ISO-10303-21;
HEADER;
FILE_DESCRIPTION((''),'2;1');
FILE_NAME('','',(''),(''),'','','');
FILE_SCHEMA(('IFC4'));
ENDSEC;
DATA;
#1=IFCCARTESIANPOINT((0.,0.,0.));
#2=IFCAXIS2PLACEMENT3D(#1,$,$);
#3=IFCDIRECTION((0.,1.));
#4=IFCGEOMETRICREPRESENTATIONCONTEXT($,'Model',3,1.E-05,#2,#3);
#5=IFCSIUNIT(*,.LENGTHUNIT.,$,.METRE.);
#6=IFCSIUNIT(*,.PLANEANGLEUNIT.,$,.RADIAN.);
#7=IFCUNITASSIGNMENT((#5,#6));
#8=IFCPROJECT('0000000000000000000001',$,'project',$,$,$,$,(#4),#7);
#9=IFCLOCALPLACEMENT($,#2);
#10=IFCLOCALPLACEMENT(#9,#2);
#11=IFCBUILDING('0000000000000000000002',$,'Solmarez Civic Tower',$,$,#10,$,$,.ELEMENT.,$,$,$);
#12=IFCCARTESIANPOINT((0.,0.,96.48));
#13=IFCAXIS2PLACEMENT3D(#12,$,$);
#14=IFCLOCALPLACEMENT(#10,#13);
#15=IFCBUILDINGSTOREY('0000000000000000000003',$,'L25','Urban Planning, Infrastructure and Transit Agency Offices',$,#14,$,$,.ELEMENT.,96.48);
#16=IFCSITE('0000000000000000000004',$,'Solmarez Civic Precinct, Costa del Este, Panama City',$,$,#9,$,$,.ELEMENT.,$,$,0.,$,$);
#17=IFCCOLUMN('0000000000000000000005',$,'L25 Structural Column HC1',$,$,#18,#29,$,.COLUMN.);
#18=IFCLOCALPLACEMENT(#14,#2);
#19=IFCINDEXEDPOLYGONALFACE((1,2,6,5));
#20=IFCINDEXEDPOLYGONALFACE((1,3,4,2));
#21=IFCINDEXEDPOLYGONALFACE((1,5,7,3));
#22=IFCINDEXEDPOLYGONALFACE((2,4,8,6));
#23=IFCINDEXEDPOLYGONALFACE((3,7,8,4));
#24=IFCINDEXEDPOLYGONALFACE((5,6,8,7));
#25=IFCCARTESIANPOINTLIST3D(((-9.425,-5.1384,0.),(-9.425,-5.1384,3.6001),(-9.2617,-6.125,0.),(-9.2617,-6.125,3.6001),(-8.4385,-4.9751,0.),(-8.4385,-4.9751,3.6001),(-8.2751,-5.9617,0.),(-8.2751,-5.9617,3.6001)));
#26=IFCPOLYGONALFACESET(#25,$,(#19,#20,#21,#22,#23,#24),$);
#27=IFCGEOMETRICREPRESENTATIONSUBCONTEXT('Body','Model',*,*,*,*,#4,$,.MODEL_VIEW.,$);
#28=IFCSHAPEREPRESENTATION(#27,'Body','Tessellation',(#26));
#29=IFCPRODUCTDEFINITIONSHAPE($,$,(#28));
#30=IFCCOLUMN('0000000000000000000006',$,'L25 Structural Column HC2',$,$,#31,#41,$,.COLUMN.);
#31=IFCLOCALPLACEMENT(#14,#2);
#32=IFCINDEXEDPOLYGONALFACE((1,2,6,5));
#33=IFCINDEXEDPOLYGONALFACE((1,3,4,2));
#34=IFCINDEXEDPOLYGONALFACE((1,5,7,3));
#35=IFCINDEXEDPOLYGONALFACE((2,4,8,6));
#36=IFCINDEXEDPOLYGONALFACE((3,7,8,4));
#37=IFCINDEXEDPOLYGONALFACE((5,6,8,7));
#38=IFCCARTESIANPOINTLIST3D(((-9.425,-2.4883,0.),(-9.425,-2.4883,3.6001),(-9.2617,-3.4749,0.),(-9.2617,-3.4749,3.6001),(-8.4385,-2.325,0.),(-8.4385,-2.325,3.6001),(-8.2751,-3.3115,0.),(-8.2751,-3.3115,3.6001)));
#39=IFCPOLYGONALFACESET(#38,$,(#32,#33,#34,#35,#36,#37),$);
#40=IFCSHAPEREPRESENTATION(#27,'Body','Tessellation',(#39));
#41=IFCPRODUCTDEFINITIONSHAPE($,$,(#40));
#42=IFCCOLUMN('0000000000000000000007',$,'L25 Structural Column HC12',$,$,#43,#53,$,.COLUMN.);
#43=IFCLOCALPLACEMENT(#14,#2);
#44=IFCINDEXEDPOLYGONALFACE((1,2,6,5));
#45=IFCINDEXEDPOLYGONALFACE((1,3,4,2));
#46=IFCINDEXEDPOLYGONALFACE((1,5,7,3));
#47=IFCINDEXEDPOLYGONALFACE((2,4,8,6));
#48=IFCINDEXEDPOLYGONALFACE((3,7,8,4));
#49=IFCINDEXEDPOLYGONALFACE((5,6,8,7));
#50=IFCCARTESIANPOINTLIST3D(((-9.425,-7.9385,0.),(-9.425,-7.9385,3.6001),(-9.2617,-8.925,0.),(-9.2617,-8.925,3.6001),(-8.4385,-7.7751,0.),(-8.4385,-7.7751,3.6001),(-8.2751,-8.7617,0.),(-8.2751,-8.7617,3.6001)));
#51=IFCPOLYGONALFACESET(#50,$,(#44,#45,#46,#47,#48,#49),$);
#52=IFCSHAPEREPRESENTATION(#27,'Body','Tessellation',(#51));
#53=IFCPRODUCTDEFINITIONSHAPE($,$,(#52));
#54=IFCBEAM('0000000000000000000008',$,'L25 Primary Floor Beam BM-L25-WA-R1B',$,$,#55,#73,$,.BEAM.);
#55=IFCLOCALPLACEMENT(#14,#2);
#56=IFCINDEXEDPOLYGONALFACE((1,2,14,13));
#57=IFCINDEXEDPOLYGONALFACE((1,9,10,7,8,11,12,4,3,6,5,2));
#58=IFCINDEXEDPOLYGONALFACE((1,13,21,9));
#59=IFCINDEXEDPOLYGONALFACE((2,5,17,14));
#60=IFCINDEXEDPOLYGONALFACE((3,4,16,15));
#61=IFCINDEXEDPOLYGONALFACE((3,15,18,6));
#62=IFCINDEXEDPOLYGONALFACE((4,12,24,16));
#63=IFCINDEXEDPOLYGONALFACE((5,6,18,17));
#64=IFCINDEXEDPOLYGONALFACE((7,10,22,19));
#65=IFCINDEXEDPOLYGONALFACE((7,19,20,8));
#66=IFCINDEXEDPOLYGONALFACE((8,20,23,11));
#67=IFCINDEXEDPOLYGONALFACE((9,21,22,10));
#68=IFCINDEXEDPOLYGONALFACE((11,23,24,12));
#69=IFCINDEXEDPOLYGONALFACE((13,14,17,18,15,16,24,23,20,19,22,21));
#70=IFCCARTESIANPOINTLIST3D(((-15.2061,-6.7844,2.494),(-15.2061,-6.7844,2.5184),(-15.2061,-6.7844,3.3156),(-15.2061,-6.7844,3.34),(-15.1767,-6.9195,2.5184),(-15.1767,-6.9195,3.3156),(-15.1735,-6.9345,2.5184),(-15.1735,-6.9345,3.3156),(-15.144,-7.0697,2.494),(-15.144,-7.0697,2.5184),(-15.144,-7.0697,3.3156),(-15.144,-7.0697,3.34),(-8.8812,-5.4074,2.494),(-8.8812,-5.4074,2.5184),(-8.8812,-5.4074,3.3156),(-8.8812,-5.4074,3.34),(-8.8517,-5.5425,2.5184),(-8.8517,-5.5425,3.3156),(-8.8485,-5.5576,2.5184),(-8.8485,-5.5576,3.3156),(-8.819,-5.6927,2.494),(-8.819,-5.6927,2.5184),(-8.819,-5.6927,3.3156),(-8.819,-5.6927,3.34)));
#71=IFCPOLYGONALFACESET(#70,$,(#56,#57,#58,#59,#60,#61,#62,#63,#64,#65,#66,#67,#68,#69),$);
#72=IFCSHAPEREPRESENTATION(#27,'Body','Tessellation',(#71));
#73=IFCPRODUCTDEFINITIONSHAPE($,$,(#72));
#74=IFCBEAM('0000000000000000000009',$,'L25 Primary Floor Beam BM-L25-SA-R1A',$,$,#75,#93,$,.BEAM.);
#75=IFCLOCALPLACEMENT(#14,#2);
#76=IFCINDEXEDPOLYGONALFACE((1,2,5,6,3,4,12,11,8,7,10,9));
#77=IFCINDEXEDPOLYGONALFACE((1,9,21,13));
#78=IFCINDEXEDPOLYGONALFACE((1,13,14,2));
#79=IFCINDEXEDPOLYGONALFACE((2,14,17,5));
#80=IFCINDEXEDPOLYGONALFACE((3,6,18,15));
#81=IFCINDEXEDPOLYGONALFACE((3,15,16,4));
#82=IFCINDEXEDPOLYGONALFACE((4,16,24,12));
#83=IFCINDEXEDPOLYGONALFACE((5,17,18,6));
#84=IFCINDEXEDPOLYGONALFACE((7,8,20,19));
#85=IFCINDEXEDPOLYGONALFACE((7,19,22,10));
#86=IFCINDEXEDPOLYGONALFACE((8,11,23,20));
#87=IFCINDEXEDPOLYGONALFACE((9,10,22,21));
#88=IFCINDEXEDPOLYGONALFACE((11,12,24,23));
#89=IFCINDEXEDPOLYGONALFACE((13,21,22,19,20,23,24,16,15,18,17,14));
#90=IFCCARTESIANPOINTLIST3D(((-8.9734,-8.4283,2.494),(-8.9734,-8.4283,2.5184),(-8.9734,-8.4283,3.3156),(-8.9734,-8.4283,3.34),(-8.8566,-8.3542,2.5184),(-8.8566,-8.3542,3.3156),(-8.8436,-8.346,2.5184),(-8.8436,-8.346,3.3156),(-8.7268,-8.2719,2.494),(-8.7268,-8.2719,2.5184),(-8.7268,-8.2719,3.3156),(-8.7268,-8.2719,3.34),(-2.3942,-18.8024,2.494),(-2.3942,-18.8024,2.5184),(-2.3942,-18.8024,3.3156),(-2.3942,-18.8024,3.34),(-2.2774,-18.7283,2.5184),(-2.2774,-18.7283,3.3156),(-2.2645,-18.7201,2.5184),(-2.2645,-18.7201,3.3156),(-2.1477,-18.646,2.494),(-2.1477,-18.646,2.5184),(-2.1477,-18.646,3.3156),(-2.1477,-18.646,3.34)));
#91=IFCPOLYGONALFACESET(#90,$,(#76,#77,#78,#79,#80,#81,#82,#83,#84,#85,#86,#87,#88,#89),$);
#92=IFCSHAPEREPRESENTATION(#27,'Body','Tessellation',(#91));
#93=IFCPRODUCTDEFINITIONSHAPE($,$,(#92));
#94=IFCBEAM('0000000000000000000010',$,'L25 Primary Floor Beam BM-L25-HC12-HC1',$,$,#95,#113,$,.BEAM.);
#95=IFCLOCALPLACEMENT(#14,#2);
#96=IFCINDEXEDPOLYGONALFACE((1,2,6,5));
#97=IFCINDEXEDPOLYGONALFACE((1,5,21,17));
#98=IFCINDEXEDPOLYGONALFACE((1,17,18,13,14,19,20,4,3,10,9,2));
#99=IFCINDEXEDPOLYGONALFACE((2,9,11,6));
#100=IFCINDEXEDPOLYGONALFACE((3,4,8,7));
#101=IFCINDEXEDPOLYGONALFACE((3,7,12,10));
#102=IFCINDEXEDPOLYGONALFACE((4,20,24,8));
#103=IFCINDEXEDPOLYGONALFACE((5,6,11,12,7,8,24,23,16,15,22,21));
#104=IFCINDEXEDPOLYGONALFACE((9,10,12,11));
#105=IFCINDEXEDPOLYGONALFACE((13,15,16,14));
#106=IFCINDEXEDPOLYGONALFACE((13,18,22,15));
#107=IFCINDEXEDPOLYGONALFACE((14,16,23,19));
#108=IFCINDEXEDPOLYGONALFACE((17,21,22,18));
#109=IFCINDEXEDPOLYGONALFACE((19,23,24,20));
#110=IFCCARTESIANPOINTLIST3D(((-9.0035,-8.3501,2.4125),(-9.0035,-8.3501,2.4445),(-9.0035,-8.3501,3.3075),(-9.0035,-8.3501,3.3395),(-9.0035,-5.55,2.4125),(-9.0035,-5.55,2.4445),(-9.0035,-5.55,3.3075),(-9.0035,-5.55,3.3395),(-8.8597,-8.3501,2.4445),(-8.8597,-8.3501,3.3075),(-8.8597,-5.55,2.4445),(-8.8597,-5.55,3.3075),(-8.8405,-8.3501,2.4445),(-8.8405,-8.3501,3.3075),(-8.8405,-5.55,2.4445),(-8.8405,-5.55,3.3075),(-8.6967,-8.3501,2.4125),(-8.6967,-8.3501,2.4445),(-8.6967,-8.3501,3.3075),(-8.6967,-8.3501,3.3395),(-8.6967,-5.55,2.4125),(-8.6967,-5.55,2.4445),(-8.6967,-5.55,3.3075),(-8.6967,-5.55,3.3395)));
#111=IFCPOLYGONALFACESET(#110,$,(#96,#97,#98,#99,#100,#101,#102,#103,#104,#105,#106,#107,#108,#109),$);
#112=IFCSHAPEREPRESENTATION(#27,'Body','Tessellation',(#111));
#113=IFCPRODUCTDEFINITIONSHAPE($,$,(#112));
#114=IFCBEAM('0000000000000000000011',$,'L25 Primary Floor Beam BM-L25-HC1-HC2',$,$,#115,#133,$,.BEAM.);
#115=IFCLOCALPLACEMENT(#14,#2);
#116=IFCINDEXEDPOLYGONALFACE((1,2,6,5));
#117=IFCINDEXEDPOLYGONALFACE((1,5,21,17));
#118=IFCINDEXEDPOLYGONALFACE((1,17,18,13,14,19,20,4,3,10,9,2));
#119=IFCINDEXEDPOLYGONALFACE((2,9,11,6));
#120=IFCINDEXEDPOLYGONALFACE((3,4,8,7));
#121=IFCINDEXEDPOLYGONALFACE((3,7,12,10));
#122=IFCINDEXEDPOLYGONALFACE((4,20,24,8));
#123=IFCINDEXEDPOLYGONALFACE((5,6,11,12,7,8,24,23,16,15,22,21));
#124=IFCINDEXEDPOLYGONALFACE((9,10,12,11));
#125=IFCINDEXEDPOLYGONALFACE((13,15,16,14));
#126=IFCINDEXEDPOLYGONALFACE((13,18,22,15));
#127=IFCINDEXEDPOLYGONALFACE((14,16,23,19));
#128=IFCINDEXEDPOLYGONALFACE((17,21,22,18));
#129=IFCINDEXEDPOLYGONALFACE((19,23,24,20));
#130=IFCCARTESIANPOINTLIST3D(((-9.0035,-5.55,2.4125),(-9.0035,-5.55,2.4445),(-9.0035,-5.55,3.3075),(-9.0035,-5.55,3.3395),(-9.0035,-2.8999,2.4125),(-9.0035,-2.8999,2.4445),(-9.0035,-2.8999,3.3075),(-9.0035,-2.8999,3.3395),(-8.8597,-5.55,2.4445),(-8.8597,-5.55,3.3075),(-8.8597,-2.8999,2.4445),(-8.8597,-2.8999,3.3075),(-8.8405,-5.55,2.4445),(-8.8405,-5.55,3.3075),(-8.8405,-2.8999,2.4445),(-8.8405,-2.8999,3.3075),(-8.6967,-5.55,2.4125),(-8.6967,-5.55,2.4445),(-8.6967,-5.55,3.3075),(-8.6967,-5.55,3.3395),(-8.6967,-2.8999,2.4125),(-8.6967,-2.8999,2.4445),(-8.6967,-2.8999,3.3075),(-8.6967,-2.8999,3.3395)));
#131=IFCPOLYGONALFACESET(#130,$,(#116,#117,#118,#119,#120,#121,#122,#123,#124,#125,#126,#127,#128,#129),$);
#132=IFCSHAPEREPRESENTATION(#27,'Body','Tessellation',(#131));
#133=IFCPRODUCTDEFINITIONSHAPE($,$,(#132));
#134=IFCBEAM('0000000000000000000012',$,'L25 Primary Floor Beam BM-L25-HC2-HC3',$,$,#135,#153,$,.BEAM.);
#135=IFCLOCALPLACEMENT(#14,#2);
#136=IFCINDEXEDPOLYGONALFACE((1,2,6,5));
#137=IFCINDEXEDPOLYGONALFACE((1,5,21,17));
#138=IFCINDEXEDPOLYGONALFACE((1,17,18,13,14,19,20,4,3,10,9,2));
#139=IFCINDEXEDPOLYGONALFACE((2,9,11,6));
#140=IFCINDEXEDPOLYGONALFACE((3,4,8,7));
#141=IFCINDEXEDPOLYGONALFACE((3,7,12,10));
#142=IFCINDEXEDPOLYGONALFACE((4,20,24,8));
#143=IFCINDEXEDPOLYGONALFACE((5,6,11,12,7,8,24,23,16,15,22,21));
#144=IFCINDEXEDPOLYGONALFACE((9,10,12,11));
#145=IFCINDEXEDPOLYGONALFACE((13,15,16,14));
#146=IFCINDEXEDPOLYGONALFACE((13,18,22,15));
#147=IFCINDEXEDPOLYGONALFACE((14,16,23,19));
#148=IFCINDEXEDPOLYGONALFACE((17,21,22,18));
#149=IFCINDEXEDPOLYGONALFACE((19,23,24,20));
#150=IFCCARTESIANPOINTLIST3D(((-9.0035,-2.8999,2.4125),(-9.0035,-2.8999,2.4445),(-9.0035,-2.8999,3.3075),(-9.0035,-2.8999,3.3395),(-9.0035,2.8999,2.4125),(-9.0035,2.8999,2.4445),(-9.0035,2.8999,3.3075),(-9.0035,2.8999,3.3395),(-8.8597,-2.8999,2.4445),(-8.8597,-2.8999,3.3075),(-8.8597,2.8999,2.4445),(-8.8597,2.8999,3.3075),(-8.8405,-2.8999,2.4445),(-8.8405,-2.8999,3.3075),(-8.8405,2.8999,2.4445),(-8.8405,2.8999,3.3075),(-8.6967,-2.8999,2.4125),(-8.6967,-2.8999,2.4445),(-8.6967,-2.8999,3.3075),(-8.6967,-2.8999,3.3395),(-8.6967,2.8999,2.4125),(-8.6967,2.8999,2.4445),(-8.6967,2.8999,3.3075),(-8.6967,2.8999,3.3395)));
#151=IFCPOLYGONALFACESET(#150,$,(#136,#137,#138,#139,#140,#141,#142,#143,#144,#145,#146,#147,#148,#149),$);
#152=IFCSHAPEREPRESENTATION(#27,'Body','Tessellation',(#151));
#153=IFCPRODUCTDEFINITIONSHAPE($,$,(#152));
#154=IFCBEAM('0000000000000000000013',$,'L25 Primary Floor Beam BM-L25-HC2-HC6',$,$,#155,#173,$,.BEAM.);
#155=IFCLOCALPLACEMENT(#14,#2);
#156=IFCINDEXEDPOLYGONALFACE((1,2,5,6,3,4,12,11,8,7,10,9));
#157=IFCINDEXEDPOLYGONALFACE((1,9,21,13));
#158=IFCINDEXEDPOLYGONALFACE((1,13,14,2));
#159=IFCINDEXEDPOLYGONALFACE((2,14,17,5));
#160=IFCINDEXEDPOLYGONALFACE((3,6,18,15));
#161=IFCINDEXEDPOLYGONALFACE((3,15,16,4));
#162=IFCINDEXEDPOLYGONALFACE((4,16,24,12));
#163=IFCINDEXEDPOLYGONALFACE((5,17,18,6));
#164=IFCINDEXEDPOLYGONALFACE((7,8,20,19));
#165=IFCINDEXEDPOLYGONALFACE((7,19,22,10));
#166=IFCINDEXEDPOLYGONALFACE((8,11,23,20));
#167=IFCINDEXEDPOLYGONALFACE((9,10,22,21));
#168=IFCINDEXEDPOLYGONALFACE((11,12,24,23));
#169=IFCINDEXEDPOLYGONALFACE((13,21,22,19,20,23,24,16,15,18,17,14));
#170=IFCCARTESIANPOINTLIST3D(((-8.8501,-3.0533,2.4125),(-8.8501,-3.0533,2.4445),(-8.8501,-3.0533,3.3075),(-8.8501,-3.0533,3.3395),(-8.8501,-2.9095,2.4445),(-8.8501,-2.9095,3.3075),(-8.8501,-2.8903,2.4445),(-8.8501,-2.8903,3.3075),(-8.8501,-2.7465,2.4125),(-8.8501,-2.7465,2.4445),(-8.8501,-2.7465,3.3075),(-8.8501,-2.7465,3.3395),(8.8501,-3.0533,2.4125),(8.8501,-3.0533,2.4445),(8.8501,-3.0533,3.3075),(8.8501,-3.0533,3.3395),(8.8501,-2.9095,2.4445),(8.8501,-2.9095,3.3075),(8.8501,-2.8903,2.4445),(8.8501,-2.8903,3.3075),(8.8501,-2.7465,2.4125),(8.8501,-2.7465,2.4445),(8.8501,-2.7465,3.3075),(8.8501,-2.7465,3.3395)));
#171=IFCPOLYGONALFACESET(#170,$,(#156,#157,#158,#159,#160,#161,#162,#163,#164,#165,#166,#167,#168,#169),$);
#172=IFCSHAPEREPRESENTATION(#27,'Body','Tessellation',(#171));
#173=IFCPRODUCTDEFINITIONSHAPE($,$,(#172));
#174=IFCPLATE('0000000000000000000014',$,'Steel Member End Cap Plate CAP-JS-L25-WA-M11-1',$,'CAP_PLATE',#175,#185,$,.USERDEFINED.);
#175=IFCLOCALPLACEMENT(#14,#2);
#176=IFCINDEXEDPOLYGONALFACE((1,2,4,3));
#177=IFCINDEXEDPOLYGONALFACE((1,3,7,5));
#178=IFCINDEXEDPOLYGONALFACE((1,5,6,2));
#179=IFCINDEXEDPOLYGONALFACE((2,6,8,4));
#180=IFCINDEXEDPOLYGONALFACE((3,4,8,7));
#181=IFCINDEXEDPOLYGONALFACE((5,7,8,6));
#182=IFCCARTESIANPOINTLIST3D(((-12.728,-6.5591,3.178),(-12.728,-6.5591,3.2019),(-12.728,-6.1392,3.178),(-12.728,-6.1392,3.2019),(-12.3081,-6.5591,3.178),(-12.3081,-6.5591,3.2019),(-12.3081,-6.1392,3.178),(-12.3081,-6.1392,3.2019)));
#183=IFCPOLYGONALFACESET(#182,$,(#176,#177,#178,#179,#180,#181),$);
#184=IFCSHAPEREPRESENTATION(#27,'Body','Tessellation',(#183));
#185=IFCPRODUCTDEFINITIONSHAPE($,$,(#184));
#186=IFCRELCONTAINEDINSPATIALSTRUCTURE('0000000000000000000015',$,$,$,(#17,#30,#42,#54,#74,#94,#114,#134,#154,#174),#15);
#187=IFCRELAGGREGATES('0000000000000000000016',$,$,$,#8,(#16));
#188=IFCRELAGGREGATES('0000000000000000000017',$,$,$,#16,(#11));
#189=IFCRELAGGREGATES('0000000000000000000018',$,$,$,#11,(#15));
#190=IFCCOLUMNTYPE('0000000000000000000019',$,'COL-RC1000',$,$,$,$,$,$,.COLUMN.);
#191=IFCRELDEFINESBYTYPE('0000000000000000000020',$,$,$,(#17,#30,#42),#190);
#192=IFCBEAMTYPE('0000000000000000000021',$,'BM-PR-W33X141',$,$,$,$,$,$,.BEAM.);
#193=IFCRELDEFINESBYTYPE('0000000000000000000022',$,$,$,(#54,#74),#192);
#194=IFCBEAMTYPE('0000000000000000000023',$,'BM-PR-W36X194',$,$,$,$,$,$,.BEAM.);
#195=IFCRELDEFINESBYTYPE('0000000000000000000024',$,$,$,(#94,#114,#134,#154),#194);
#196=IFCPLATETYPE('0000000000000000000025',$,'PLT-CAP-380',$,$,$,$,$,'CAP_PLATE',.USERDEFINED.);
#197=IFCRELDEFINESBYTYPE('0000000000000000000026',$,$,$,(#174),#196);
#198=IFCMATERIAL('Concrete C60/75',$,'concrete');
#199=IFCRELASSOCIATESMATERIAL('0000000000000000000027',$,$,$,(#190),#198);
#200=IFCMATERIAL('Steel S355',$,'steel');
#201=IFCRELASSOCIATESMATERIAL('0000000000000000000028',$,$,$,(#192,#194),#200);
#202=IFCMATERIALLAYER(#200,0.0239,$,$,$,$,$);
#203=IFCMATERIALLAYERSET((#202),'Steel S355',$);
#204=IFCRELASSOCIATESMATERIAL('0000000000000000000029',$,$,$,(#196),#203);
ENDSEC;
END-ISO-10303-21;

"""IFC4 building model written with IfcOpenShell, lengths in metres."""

from ifc_helpers import new_model, si_unit, direction, frame, origin, origin_2d, place, context, subcontext, project, spatial, rectangle, i_section, extrude, material, layer, layer_set, material_profile, profile_set, type_object, element, save


model = new_model("IFC4")

# Units and contexts
model_context = context("Model", 3, precision=1e-05, world=origin(), true_north=direction((0.0, 1.0)))
body_context = subcontext(model_context, "Body", "Model", "MODEL_VIEW")
ifc_project = project(units=[si_unit("LENGTHUNIT", "METRE"), si_unit("PLANEANGLEUNIT", "RADIAN")], contexts=[model_context])

# Site, building, storey
site_placement = place(None, origin())
site = spatial("IfcSite", under=ifc_project, at=site_placement, Name="Solmarez Civic Precinct, Costa del Este, Panama City", CompositionType="ELEMENT", RefElevation=0.0)
building_placement = place(site_placement, origin())
building = spatial("IfcBuilding", under=site, at=building_placement, Name="Solmarez Civic Tower", CompositionType="ELEMENT")
storey_placement = place(building_placement, frame((0.0, 0.0, 96.48)))
storey = spatial("IfcBuildingStorey", under=building, at=storey_placement, Name="L25", Description="Urban Planning, Infrastructure and Transit Agency Offices", CompositionType="ELEMENT", Elevation=96.48)

# Columns
ifc_material_1 = material(Name="Concrete C60/75", Category="concrete")
ifc_material_profile_1 = material_profile(ifc_material_1, rectangle(XDim=1.0, YDim=1.0, at=origin_2d()), Name="RC1000X1000")
ifc_profile_set_1 = profile_set([ifc_material_profile_1], Name="Concrete C60/75")
column_type = type_object("IfcColumnType", Name="COL-RC1000", PredefinedType="COLUMN", material=ifc_profile_set_1)
for number, where, z_axis, x_axis, name in (
    (1, (-8.8501, -5.55, 0.0), (0.0, 0.0, 1.0), (0.986572, 0.163326, 0.0), "L25 Structural Column HC1"),
    (2, (-8.8501, -2.8999, 0.0), (0.0, 0.0, 1.0), (0.986572, 0.163326, 0.0), "L25 Structural Column HC2"),
    (3, (-8.8501, -8.3501, 0.0), (0.0, 0.0, 1.0), (0.986572, 0.163326, 0.0), "L25 Structural Column HC12"),
):
    element("IfcColumn", number, at=place(storey_placement, frame(where, z_axis=z_axis, x_axis=x_axis)), inside=storey, type_object=column_type, Name=name, PredefinedType="COLUMN", context=body_context, shape_type="SweptSolid", body=[
        extrude(rectangle(XDim=1.0, YDim=1.0, at=origin_2d()), origin(), (0.0, 0.0, 1.0), 3.6001),
    ])

# Beams
ifc_material_2 = material(Name="Steel S355", Category="steel")
ifc_material_profile_2 = material_profile(ifc_material_2, i_section(OverallWidth=0.292, OverallDepth=0.8459, WebThickness=0.0154, FlangeThickness=0.0244, at=origin_2d()), Name="W33X141")
ifc_profile_set_2 = profile_set([ifc_material_profile_2], Name="Steel S355")
beam_type_1 = type_object("IfcBeamType", Name="BM-PR-W33X141", PredefinedType="BEAM", material=ifc_profile_set_2)
beam_1_placement = place(storey_placement, frame((-8.8501, -5.55, 2.917), z_axis=(-0.977113, -0.212719, 0.0), x_axis=(0.212719, -0.977113, 0.0)))
element("IfcBeam", 4, at=beam_1_placement, inside=storey, type_object=beam_type_1, Name="L25 Primary Floor Beam BM-L25-WA-R1B", PredefinedType="BEAM", context=body_context, shape_type="SweptSolid", body=[
    extrude(i_section(OverallWidth=0.292, OverallDepth=0.8459, WebThickness=0.0154, FlangeThickness=0.0244, at=origin_2d()), origin(), (0.0, 0.0, 1.0), 6.4731),
])
beam_2_placement = place(storey_placement, frame((-8.8501, -8.3501, 2.917), z_axis=(0.535568, -0.844492, 0.0), x_axis=(0.844492, 0.535568, 0.0)))
element("IfcBeam", 5, at=beam_2_placement, inside=storey, type_object=beam_type_1, Name="L25 Primary Floor Beam BM-L25-SA-R1A", PredefinedType="BEAM", context=body_context, shape_type="SweptSolid", body=[
    extrude(i_section(OverallWidth=0.292, OverallDepth=0.8459, WebThickness=0.0154, FlangeThickness=0.0244, at=origin_2d()), origin(), (0.0, 0.0, 1.0), 12.2844),
])
ifc_material_profile_3 = material_profile(ifc_material_2, i_section(OverallWidth=0.3069, OverallDepth=0.927, WebThickness=0.0193, FlangeThickness=0.032, at=origin_2d()), Name="W36X194")
ifc_profile_set_3 = profile_set([ifc_material_profile_3], Name="Steel S355")
beam_type_2 = type_object("IfcBeamType", Name="BM-PR-W36X194", PredefinedType="BEAM", material=ifc_profile_set_3)
beam_3_placement = place(storey_placement, frame((-8.8501, -8.3501, 2.876), z_axis=(0.0, 1.0, 0.0), x_axis=(-1.0, 0.0, 0.0)))
element("IfcBeam", 6, at=beam_3_placement, inside=storey, type_object=beam_type_2, Name="L25 Primary Floor Beam BM-L25-HC12-HC1", PredefinedType="BEAM", context=body_context, shape_type="SweptSolid", body=[
    extrude(i_section(OverallWidth=0.3069, OverallDepth=0.927, WebThickness=0.0193, FlangeThickness=0.032, at=origin_2d()), origin(), (0.0, 0.0, 1.0), 2.8),
])
beam_4_placement = place(storey_placement, frame((-8.8501, -5.55, 2.876), z_axis=(0.0, 1.0, 0.0), x_axis=(-1.0, 0.0, 0.0)))
element("IfcBeam", 7, at=beam_4_placement, inside=storey, type_object=beam_type_2, Name="L25 Primary Floor Beam BM-L25-HC1-HC2", PredefinedType="BEAM", context=body_context, shape_type="SweptSolid", body=[
    extrude(i_section(OverallWidth=0.3069, OverallDepth=0.927, WebThickness=0.0193, FlangeThickness=0.032, at=origin_2d()), origin(), (0.0, 0.0, 1.0), 2.6501),
])
beam_5_placement = place(storey_placement, frame((-8.8501, -2.8999, 2.876), z_axis=(0.0, 1.0, 0.0), x_axis=(-1.0, 0.0, 0.0)))
element("IfcBeam", 8, at=beam_5_placement, inside=storey, type_object=beam_type_2, Name="L25 Primary Floor Beam BM-L25-HC2-HC3", PredefinedType="BEAM", context=body_context, shape_type="SweptSolid", body=[
    extrude(i_section(OverallWidth=0.3069, OverallDepth=0.927, WebThickness=0.0193, FlangeThickness=0.032, at=origin_2d()), origin(), (0.0, 0.0, 1.0), 5.7998),
])
beam_6_placement = place(storey_placement, frame((-8.8501, -2.8999, 2.876), z_axis=(1.0, 0.0, 0.0), x_axis=(0.0, 1.0, 0.0)))
element("IfcBeam", 9, at=beam_6_placement, inside=storey, type_object=beam_type_2, Name="L25 Primary Floor Beam BM-L25-HC2-HC6", PredefinedType="BEAM", context=body_context, shape_type="SweptSolid", body=[
    extrude(i_section(OverallWidth=0.3069, OverallDepth=0.927, WebThickness=0.0193, FlangeThickness=0.032, at=origin_2d()), origin(), (0.0, 0.0, 1.0), 17.7002),
])

# Plate
ifc_layer_1 = layer(ifc_material_2, 0.0239)
ifc_layer_set_1 = layer_set([ifc_layer_1], Name="Steel S355")
plate_type = type_object("IfcPlateType", Name="PLT-CAP-380", ElementType="CAP_PLATE", PredefinedType="USERDEFINED", material=ifc_layer_set_1)
plate_placement = place(storey_placement, frame((-12.5181, -6.3491, 3.178), z_axis=(0.0, 0.0, 1.0), x_axis=(1.0, 0.0, 0.0)))
element("IfcPlate", 10, at=plate_placement, inside=storey, type_object=plate_type, Name="Steel Member End Cap Plate CAP-JS-L25-WA-M11-1", ObjectType="CAP_PLATE", PredefinedType="USERDEFINED", context=body_context, shape_type="SweptSolid", body=[
    extrude(rectangle(XDim=0.4199, YDim=0.4199, at=origin_2d()), origin(), (0.0, 0.0, 1.0), 0.0239),
])

save(model, "model.ifc")
